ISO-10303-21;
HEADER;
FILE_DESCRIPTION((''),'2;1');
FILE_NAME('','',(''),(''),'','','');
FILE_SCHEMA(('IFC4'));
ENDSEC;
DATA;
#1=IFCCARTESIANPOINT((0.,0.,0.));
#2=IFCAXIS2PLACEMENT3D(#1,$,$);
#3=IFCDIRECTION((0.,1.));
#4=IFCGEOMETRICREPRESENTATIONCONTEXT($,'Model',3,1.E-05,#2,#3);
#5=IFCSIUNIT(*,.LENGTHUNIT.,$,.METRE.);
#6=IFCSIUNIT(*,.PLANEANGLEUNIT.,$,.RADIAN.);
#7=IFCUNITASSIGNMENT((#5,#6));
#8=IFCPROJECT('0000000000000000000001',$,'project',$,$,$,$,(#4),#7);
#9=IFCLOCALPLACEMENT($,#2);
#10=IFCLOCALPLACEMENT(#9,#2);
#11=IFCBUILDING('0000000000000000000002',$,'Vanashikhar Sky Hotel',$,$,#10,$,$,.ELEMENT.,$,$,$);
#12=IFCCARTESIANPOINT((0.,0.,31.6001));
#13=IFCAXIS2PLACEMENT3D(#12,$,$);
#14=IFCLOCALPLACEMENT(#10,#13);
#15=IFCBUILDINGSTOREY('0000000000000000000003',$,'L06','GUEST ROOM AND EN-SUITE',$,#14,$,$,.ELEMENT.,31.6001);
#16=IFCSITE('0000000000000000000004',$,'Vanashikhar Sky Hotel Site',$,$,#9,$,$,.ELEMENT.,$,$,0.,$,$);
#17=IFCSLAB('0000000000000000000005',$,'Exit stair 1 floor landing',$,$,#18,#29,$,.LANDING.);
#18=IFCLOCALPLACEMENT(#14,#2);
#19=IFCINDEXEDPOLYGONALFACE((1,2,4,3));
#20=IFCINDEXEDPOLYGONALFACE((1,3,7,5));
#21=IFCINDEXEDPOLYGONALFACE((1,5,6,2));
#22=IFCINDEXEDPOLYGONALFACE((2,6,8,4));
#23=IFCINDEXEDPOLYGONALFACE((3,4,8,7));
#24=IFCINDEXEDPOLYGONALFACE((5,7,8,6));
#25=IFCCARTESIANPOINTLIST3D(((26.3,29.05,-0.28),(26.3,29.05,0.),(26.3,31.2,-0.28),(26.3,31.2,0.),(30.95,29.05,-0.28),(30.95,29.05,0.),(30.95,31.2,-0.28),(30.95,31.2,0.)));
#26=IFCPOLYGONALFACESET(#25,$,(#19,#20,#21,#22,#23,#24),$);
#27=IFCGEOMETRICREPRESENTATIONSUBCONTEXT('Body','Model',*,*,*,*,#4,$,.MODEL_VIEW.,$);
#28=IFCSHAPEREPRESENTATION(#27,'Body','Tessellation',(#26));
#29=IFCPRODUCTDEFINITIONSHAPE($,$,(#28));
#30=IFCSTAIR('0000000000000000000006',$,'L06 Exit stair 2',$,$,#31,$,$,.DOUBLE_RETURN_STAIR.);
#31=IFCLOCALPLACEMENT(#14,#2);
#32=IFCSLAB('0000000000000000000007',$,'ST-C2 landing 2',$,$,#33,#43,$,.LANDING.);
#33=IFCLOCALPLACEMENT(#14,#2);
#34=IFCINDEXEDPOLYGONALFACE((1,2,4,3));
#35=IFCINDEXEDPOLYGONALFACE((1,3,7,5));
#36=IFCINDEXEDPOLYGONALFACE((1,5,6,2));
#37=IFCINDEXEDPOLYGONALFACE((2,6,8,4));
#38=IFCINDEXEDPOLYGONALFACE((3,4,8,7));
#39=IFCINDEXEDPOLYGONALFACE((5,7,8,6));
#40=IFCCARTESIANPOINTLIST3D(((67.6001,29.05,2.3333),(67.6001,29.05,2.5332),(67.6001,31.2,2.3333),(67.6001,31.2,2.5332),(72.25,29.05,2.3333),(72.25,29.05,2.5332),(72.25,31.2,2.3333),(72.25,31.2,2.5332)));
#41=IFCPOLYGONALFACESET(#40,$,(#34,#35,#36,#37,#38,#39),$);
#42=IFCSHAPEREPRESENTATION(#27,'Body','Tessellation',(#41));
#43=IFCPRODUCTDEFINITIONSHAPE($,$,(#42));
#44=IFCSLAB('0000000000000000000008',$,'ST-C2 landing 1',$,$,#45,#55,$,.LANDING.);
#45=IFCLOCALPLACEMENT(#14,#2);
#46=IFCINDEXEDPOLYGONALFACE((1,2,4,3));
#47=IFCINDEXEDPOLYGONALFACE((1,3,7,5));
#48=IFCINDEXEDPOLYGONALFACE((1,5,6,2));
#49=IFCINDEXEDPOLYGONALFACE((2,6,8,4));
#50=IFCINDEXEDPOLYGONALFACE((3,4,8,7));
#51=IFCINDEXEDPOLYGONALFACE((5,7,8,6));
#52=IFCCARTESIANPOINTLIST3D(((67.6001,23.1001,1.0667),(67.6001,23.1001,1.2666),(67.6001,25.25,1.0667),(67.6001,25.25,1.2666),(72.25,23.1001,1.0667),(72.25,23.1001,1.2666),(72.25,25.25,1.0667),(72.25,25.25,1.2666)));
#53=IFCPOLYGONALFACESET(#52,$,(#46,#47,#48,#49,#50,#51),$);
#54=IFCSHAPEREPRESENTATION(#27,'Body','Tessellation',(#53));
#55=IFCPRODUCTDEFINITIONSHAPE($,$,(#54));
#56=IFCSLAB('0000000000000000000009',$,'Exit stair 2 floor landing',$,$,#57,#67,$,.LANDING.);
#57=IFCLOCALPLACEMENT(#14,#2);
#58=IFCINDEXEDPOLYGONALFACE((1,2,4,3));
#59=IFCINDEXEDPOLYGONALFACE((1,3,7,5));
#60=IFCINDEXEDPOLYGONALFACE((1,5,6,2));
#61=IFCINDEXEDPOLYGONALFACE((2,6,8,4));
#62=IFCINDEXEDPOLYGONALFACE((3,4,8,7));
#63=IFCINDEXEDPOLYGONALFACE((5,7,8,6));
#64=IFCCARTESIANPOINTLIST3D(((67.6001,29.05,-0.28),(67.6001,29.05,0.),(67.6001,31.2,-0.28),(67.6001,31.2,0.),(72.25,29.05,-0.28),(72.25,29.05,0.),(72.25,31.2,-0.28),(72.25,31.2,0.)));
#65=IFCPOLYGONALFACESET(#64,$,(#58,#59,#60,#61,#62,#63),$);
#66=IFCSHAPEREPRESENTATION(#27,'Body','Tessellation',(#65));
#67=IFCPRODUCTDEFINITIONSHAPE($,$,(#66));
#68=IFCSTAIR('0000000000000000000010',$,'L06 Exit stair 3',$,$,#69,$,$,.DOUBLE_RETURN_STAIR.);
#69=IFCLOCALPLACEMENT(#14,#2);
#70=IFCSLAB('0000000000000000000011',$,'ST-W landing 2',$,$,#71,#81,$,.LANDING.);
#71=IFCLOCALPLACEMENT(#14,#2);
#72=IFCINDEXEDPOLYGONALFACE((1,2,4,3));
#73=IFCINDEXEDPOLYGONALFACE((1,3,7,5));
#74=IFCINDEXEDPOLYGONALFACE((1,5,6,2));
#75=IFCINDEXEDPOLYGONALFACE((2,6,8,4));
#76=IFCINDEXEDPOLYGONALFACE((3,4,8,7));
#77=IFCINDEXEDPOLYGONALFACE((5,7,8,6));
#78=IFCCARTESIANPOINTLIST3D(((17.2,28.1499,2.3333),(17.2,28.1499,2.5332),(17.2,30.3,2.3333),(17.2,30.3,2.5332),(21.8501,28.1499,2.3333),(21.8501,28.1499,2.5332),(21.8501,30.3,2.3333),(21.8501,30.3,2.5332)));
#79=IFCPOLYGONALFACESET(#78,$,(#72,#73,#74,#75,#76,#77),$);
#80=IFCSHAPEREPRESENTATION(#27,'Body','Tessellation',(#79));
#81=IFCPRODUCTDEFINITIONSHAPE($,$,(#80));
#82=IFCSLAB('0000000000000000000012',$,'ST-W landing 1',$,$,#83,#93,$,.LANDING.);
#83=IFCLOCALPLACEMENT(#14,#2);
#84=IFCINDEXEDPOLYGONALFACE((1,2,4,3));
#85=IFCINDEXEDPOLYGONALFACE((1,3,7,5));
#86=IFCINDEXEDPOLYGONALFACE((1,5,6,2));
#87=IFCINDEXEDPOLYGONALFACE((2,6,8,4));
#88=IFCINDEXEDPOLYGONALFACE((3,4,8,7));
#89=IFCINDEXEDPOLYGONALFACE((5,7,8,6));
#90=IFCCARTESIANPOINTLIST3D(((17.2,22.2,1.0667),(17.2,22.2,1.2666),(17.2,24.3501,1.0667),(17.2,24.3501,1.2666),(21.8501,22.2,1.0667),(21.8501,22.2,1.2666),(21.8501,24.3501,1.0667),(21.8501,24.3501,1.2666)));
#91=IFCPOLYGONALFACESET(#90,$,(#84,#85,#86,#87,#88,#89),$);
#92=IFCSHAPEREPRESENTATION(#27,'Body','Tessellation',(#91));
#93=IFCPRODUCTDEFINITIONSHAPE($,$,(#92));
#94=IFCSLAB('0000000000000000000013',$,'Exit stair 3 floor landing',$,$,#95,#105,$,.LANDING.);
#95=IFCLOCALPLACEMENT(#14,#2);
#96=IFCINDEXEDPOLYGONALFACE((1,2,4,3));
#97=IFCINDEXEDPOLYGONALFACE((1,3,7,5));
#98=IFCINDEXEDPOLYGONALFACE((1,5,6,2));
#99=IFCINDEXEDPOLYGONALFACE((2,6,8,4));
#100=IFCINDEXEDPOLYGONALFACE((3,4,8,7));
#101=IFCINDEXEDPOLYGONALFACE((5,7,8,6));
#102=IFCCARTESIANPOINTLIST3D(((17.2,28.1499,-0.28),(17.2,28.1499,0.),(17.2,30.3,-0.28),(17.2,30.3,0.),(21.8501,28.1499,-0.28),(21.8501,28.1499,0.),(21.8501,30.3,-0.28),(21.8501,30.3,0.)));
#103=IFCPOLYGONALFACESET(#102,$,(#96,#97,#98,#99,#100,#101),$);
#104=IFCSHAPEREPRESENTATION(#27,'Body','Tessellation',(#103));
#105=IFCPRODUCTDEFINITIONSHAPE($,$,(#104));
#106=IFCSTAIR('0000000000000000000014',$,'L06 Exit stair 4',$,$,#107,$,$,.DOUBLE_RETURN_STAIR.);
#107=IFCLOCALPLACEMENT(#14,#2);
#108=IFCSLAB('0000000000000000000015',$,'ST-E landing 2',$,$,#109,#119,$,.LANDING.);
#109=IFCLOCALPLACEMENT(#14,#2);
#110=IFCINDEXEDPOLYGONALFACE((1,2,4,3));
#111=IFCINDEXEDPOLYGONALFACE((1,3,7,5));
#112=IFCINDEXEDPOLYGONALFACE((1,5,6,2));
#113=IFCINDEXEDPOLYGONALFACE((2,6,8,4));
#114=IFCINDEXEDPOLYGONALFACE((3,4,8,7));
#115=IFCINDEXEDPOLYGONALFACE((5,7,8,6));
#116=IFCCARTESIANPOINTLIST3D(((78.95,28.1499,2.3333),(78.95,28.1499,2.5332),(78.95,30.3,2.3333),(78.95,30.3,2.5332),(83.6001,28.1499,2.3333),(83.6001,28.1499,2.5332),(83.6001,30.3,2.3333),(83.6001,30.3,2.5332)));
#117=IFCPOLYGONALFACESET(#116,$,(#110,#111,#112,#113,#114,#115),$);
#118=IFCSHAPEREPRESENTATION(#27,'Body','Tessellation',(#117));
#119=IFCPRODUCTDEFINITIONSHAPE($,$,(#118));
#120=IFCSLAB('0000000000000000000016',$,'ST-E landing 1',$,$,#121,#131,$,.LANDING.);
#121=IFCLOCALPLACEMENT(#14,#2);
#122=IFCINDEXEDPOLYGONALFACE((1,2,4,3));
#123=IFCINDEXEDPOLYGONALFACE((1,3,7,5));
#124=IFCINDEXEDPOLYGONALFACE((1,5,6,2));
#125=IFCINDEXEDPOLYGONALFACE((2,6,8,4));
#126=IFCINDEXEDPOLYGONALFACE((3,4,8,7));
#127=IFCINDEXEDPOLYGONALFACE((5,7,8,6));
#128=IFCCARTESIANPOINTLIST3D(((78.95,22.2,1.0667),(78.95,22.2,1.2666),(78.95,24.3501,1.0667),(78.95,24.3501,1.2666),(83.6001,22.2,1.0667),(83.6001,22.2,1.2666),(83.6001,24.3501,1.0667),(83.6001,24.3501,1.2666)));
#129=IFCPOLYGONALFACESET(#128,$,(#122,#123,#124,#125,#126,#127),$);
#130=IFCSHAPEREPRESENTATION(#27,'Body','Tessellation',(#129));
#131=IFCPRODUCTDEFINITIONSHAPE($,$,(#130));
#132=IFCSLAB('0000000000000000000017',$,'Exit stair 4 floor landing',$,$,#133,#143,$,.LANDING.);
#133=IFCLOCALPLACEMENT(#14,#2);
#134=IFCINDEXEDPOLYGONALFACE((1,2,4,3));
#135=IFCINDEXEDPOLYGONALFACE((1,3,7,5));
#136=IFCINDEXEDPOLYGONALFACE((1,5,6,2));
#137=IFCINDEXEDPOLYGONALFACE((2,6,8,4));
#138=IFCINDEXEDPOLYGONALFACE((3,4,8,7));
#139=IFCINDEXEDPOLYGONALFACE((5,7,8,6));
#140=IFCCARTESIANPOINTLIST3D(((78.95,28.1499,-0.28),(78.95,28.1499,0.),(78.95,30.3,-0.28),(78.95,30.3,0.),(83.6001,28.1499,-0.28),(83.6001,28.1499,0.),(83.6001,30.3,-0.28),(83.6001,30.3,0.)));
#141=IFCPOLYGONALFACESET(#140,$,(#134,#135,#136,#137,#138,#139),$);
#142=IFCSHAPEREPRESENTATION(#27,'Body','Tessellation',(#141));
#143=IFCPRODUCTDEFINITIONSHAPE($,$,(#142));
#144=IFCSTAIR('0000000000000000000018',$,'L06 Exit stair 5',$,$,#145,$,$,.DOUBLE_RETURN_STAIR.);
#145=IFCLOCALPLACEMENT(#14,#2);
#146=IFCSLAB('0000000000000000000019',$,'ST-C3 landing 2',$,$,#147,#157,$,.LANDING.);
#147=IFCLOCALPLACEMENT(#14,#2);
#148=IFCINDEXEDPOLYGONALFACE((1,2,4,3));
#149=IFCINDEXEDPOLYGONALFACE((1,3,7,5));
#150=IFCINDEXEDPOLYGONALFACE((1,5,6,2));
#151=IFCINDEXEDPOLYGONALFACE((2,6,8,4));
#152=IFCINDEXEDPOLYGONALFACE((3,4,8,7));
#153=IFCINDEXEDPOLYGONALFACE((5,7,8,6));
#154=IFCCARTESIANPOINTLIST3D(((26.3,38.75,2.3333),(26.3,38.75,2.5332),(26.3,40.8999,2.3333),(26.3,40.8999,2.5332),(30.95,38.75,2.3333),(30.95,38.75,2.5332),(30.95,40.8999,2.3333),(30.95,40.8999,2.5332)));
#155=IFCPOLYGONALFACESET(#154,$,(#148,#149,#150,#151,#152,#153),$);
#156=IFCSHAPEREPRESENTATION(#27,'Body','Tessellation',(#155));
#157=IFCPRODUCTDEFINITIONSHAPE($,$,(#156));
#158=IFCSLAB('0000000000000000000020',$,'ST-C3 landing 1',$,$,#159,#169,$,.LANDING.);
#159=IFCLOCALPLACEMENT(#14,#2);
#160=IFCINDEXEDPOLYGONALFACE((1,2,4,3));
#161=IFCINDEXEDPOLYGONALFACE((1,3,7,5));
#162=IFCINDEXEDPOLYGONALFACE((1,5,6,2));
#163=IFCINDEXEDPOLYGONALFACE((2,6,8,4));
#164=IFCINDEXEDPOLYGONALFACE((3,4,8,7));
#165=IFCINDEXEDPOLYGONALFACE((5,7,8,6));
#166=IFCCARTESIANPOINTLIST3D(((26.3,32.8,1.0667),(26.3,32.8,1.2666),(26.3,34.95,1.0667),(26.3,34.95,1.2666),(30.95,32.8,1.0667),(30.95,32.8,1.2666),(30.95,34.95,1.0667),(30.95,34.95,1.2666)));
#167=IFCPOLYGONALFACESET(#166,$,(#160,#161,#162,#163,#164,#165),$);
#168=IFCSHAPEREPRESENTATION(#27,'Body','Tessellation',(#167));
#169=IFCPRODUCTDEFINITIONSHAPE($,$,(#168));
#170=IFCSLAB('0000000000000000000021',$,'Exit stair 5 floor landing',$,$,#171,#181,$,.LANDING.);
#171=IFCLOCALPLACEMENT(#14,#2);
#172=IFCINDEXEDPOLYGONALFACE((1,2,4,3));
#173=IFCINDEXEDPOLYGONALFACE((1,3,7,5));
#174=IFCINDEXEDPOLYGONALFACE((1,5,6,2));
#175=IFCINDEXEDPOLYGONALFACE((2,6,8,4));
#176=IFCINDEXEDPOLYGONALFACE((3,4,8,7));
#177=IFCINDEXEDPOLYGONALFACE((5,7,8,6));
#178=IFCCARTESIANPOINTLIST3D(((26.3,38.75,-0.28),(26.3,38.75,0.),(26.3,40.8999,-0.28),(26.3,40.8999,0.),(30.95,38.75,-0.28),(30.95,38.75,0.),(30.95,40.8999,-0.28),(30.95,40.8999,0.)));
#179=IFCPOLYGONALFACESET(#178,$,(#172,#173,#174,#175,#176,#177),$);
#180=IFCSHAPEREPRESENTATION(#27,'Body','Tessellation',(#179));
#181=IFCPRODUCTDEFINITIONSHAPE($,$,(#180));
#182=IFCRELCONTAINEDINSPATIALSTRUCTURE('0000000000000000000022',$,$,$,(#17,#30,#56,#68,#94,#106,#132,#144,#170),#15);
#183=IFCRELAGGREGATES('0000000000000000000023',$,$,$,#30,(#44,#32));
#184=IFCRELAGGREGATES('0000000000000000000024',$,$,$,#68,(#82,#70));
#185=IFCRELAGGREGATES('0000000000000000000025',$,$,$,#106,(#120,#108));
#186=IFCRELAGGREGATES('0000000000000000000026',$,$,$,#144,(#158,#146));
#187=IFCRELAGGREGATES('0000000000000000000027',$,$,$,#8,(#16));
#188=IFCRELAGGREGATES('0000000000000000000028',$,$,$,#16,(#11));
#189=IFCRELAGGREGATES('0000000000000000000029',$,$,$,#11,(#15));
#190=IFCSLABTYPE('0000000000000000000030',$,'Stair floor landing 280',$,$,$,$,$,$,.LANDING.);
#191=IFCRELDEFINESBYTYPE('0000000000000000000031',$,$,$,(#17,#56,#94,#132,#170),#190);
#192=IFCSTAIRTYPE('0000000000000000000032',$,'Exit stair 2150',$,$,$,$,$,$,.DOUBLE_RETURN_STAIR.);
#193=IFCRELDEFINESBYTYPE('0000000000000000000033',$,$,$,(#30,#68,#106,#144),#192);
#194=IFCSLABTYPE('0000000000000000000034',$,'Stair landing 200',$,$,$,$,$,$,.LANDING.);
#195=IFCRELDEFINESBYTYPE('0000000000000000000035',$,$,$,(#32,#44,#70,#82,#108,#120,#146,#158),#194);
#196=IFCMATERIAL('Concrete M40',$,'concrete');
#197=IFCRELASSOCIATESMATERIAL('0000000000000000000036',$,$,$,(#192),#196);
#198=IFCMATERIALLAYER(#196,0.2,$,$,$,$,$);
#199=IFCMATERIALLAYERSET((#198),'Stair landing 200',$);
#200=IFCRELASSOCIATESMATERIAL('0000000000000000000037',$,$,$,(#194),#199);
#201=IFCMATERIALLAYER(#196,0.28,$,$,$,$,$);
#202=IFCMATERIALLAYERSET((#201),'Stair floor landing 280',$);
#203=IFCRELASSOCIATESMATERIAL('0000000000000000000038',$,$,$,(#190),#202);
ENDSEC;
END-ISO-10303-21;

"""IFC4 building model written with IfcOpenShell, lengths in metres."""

from ifc_helpers import new_model, si_unit, direction, frame, origin, place, context, subcontext, project, spatial, polyline, outline, extrude, source, transform, mapped, material, layer, layer_set, type_object, element, aggregate, save


model = new_model("IFC4")

# Units and contexts
model_context = context("Model", 3, precision=1e-05, world=origin(), true_north=direction((0.0, 1.0)))
body_context = subcontext(model_context, "Body", "Model", "MODEL_VIEW")
ifc_project = project(units=[si_unit("LENGTHUNIT", "METRE"), si_unit("PLANEANGLEUNIT", "RADIAN")], contexts=[model_context])

# Site, building, storey
site_placement = place(None, origin())
site = spatial("IfcSite", under=ifc_project, at=site_placement, Name="Vanashikhar Sky Hotel Site", CompositionType="ELEMENT", RefElevation=0.0)
building_placement = place(site_placement, origin())
building = spatial("IfcBuilding", under=site, at=building_placement, Name="Vanashikhar Sky Hotel", CompositionType="ELEMENT")
storey_placement = place(building_placement, frame((0.0, 0.0, 31.6001)))
storey = spatial("IfcBuildingStorey", under=building, at=storey_placement, Name="L06", Description="GUEST ROOM AND EN-SUITE", CompositionType="ELEMENT", Elevation=31.6001)

# Shared definitions
ifc_material_1 = material(Name="Concrete M40", Category="concrete")

# Shared definitions
stair_type = type_object("IfcStairType", Name="Exit stair 2150", PredefinedType="DOUBLE_RETURN_STAIR", material=ifc_material_1)
ifc_layer_1 = layer(ifc_material_1, 0.2)
ifc_layer_set_1 = layer_set([ifc_layer_1], Name="Stair landing 200")
slab_type_1 = type_object("IfcSlabType", Name="Stair landing 200", PredefinedType="LANDING", material=ifc_layer_set_1)

# Slab
ifc_layer_2 = layer(ifc_material_1, 0.28)
ifc_layer_set_2 = layer_set([ifc_layer_2], Name="Stair floor landing 280")
slab_type_2 = type_object("IfcSlabType", Name="Stair floor landing 280", PredefinedType="LANDING", material=ifc_layer_set_2)
shared_shape_1 = source(origin(), body_context, "Body", "SweptSolid", [
    extrude(outline(polyline([(30.95, 29.05), (30.95, 31.2), (26.3, 31.2), (26.3, 29.05), (30.95, 29.05)])), origin(), (0.0, 0.0, 1.0), 0.28),
])
slab_1_placement = place(storey_placement, frame((0.0, 0.0, -0.28)))
element("IfcSlab", 1, at=slab_1_placement, inside=storey, type_object=slab_type_2, Name="Exit stair 1 floor landing", PredefinedType="LANDING", context=body_context, shape_type="MappedRepresentation", body=[
    mapped(shared_shape_1, transform((0.0, 0.0, 0.0), scale=1.0)),
])

# Stair, slabs
stair_1_placement = place(storey_placement, origin())
stair_1 = element("IfcStair", 2, at=stair_1_placement, inside=storey, type_object=stair_type, Name="L06 Exit stair 2", PredefinedType="DOUBLE_RETURN_STAIR")
shared_shape_2 = source(origin(), body_context, "Body", "SweptSolid", [
    extrude(outline(polyline([(72.25, 29.05), (72.25, 31.2), (67.6001, 31.2), (67.6001, 29.05), (72.25, 29.05)])), origin(), (0.0, 0.0, 1.0), 0.2),
])
slab_2_placement = place(storey_placement, frame((0.0, 0.0, 2.3333)))
slab_2 = element("IfcSlab", 3, at=slab_2_placement, type_object=slab_type_1, Name="ST-C2 landing 2", PredefinedType="LANDING", context=body_context, shape_type="MappedRepresentation", body=[
    mapped(shared_shape_2, transform((0.0, 0.0, 0.0), scale=1.0)),
])
shared_shape_3 = source(origin(), body_context, "Body", "SweptSolid", [
    extrude(outline(polyline([(72.25, 23.1001), (72.25, 25.25), (67.6001, 25.25), (67.6001, 23.1001), (72.25, 23.1001)])), origin(), (0.0, 0.0, 1.0), 0.2),
])
slab_3_placement = place(storey_placement, frame((0.0, 0.0, 1.0667)))
slab_3 = element("IfcSlab", 4, at=slab_3_placement, type_object=slab_type_1, Name="ST-C2 landing 1", PredefinedType="LANDING", context=body_context, shape_type="MappedRepresentation", body=[
    mapped(shared_shape_3, transform((0.0, 0.0, 0.0), scale=1.0)),
])
aggregate(stair_1, [slab_3, slab_2])

# Slab
shared_shape_4 = source(origin(), body_context, "Body", "SweptSolid", [
    extrude(outline(polyline([(72.25, 29.05), (72.25, 31.2), (67.6001, 31.2), (67.6001, 29.05), (72.25, 29.05)])), origin(), (0.0, 0.0, 1.0), 0.28),
])
slab_4_placement = place(storey_placement, frame((0.0, 0.0, -0.28)))
element("IfcSlab", 5, at=slab_4_placement, inside=storey, type_object=slab_type_2, Name="Exit stair 2 floor landing", PredefinedType="LANDING", context=body_context, shape_type="MappedRepresentation", body=[
    mapped(shared_shape_4, transform((0.0, 0.0, 0.0), scale=1.0)),
])

# Stair, slabs
stair_2_placement = place(storey_placement, origin())
stair_2 = element("IfcStair", 6, at=stair_2_placement, inside=storey, type_object=stair_type, Name="L06 Exit stair 3", PredefinedType="DOUBLE_RETURN_STAIR")
shared_shape_5 = source(origin(), body_context, "Body", "SweptSolid", [
    extrude(outline(polyline([(21.8501, 28.1499), (21.8501, 30.3), (17.2, 30.3), (17.2, 28.1499), (21.8501, 28.1499)])), origin(), (0.0, 0.0, 1.0), 0.2),
])
slab_5_placement = place(storey_placement, frame((0.0, 0.0, 2.3333)))
slab_5 = element("IfcSlab", 7, at=slab_5_placement, type_object=slab_type_1, Name="ST-W landing 2", PredefinedType="LANDING", context=body_context, shape_type="MappedRepresentation", body=[
    mapped(shared_shape_5, transform((0.0, 0.0, 0.0), scale=1.0)),
])
shared_shape_6 = source(origin(), body_context, "Body", "SweptSolid", [
    extrude(outline(polyline([(21.8501, 22.2), (21.8501, 24.3501), (17.2, 24.3501), (17.2, 22.2), (21.8501, 22.2)])), origin(), (0.0, 0.0, 1.0), 0.2),
])
slab_6_placement = place(storey_placement, frame((0.0, 0.0, 1.0667)))
slab_6 = element("IfcSlab", 8, at=slab_6_placement, type_object=slab_type_1, Name="ST-W landing 1", PredefinedType="LANDING", context=body_context, shape_type="MappedRepresentation", body=[
    mapped(shared_shape_6, transform((0.0, 0.0, 0.0), scale=1.0)),
])
aggregate(stair_2, [slab_6, slab_5])

# Slab
shared_shape_7 = source(origin(), body_context, "Body", "SweptSolid", [
    extrude(outline(polyline([(21.8501, 28.1499), (21.8501, 30.3), (17.2, 30.3), (17.2, 28.1499), (21.8501, 28.1499)])), origin(), (0.0, 0.0, 1.0), 0.28),
])
slab_7_placement = place(storey_placement, frame((0.0, 0.0, -0.28)))
element("IfcSlab", 9, at=slab_7_placement, inside=storey, type_object=slab_type_2, Name="Exit stair 3 floor landing", PredefinedType="LANDING", context=body_context, shape_type="MappedRepresentation", body=[
    mapped(shared_shape_7, transform((0.0, 0.0, 0.0), scale=1.0)),
])

# Stair, slabs
stair_3_placement = place(storey_placement, origin())
stair_3 = element("IfcStair", 10, at=stair_3_placement, inside=storey, type_object=stair_type, Name="L06 Exit stair 4", PredefinedType="DOUBLE_RETURN_STAIR")
shared_shape_8 = source(origin(), body_context, "Body", "SweptSolid", [
    extrude(outline(polyline([(83.6001, 28.1499), (83.6001, 30.3), (78.95, 30.3), (78.95, 28.1499), (83.6001, 28.1499)])), origin(), (0.0, 0.0, 1.0), 0.2),
])
slab_8_placement = place(storey_placement, frame((0.0, 0.0, 2.3333)))
slab_8 = element("IfcSlab", 11, at=slab_8_placement, type_object=slab_type_1, Name="ST-E landing 2", PredefinedType="LANDING", context=body_context, shape_type="MappedRepresentation", body=[
    mapped(shared_shape_8, transform((0.0, 0.0, 0.0), scale=1.0)),
])
shared_shape_9 = source(origin(), body_context, "Body", "SweptSolid", [
    extrude(outline(polyline([(83.6001, 22.2), (83.6001, 24.3501), (78.95, 24.3501), (78.95, 22.2), (83.6001, 22.2)])), origin(), (0.0, 0.0, 1.0), 0.2),
])
slab_9_placement = place(storey_placement, frame((0.0, 0.0, 1.0667)))
slab_9 = element("IfcSlab", 12, at=slab_9_placement, type_object=slab_type_1, Name="ST-E landing 1", PredefinedType="LANDING", context=body_context, shape_type="MappedRepresentation", body=[
    mapped(shared_shape_9, transform((0.0, 0.0, 0.0), scale=1.0)),
])
aggregate(stair_3, [slab_9, slab_8])

# Slab
shared_shape_10 = source(origin(), body_context, "Body", "SweptSolid", [
    extrude(outline(polyline([(83.6001, 28.1499), (83.6001, 30.3), (78.95, 30.3), (78.95, 28.1499), (83.6001, 28.1499)])), origin(), (0.0, 0.0, 1.0), 0.28),
])
slab_10_placement = place(storey_placement, frame((0.0, 0.0, -0.28)))
element("IfcSlab", 13, at=slab_10_placement, inside=storey, type_object=slab_type_2, Name="Exit stair 4 floor landing", PredefinedType="LANDING", context=body_context, shape_type="MappedRepresentation", body=[
    mapped(shared_shape_10, transform((0.0, 0.0, 0.0), scale=1.0)),
])

# Stair, slabs
stair_4_placement = place(storey_placement, origin())
stair_4 = element("IfcStair", 14, at=stair_4_placement, inside=storey, type_object=stair_type, Name="L06 Exit stair 5", PredefinedType="DOUBLE_RETURN_STAIR")
shared_shape_11 = source(origin(), body_context, "Body", "SweptSolid", [
    extrude(outline(polyline([(30.95, 38.75), (30.95, 40.8999), (26.3, 40.8999), (26.3, 38.75), (30.95, 38.75)])), origin(), (0.0, 0.0, 1.0), 0.2),
])
slab_11_placement = place(storey_placement, frame((0.0, 0.0, 2.3333)))
slab_11 = element("IfcSlab", 15, at=slab_11_placement, type_object=slab_type_1, Name="ST-C3 landing 2", PredefinedType="LANDING", context=body_context, shape_type="MappedRepresentation", body=[
    mapped(shared_shape_11, transform((0.0, 0.0, 0.0), scale=1.0)),
])
shared_shape_12 = source(origin(), body_context, "Body", "SweptSolid", [
    extrude(outline(polyline([(30.95, 32.8), (30.95, 34.95), (26.3, 34.95), (26.3, 32.8), (30.95, 32.8)])), origin(), (0.0, 0.0, 1.0), 0.2),
])
slab_12_placement = place(storey_placement, frame((0.0, 0.0, 1.0667)))
slab_12 = element("IfcSlab", 16, at=slab_12_placement, type_object=slab_type_1, Name="ST-C3 landing 1", PredefinedType="LANDING", context=body_context, shape_type="MappedRepresentation", body=[
    mapped(shared_shape_12, transform((0.0, 0.0, 0.0), scale=1.0)),
])
aggregate(stair_4, [slab_12, slab_11])

# Slab
shared_shape_13 = source(origin(), body_context, "Body", "SweptSolid", [
    extrude(outline(polyline([(30.95, 38.75), (30.95, 40.8999), (26.3, 40.8999), (26.3, 38.75), (30.95, 38.75)])), origin(), (0.0, 0.0, 1.0), 0.28),
])
slab_13_placement = place(storey_placement, frame((0.0, 0.0, -0.28)))
element("IfcSlab", 17, at=slab_13_placement, inside=storey, type_object=slab_type_2, Name="Exit stair 5 floor landing", PredefinedType="LANDING", context=body_context, shape_type="MappedRepresentation", body=[
    mapped(shared_shape_13, transform((0.0, 0.0, 0.0), scale=1.0)),
])

save(model, "model.ifc")
